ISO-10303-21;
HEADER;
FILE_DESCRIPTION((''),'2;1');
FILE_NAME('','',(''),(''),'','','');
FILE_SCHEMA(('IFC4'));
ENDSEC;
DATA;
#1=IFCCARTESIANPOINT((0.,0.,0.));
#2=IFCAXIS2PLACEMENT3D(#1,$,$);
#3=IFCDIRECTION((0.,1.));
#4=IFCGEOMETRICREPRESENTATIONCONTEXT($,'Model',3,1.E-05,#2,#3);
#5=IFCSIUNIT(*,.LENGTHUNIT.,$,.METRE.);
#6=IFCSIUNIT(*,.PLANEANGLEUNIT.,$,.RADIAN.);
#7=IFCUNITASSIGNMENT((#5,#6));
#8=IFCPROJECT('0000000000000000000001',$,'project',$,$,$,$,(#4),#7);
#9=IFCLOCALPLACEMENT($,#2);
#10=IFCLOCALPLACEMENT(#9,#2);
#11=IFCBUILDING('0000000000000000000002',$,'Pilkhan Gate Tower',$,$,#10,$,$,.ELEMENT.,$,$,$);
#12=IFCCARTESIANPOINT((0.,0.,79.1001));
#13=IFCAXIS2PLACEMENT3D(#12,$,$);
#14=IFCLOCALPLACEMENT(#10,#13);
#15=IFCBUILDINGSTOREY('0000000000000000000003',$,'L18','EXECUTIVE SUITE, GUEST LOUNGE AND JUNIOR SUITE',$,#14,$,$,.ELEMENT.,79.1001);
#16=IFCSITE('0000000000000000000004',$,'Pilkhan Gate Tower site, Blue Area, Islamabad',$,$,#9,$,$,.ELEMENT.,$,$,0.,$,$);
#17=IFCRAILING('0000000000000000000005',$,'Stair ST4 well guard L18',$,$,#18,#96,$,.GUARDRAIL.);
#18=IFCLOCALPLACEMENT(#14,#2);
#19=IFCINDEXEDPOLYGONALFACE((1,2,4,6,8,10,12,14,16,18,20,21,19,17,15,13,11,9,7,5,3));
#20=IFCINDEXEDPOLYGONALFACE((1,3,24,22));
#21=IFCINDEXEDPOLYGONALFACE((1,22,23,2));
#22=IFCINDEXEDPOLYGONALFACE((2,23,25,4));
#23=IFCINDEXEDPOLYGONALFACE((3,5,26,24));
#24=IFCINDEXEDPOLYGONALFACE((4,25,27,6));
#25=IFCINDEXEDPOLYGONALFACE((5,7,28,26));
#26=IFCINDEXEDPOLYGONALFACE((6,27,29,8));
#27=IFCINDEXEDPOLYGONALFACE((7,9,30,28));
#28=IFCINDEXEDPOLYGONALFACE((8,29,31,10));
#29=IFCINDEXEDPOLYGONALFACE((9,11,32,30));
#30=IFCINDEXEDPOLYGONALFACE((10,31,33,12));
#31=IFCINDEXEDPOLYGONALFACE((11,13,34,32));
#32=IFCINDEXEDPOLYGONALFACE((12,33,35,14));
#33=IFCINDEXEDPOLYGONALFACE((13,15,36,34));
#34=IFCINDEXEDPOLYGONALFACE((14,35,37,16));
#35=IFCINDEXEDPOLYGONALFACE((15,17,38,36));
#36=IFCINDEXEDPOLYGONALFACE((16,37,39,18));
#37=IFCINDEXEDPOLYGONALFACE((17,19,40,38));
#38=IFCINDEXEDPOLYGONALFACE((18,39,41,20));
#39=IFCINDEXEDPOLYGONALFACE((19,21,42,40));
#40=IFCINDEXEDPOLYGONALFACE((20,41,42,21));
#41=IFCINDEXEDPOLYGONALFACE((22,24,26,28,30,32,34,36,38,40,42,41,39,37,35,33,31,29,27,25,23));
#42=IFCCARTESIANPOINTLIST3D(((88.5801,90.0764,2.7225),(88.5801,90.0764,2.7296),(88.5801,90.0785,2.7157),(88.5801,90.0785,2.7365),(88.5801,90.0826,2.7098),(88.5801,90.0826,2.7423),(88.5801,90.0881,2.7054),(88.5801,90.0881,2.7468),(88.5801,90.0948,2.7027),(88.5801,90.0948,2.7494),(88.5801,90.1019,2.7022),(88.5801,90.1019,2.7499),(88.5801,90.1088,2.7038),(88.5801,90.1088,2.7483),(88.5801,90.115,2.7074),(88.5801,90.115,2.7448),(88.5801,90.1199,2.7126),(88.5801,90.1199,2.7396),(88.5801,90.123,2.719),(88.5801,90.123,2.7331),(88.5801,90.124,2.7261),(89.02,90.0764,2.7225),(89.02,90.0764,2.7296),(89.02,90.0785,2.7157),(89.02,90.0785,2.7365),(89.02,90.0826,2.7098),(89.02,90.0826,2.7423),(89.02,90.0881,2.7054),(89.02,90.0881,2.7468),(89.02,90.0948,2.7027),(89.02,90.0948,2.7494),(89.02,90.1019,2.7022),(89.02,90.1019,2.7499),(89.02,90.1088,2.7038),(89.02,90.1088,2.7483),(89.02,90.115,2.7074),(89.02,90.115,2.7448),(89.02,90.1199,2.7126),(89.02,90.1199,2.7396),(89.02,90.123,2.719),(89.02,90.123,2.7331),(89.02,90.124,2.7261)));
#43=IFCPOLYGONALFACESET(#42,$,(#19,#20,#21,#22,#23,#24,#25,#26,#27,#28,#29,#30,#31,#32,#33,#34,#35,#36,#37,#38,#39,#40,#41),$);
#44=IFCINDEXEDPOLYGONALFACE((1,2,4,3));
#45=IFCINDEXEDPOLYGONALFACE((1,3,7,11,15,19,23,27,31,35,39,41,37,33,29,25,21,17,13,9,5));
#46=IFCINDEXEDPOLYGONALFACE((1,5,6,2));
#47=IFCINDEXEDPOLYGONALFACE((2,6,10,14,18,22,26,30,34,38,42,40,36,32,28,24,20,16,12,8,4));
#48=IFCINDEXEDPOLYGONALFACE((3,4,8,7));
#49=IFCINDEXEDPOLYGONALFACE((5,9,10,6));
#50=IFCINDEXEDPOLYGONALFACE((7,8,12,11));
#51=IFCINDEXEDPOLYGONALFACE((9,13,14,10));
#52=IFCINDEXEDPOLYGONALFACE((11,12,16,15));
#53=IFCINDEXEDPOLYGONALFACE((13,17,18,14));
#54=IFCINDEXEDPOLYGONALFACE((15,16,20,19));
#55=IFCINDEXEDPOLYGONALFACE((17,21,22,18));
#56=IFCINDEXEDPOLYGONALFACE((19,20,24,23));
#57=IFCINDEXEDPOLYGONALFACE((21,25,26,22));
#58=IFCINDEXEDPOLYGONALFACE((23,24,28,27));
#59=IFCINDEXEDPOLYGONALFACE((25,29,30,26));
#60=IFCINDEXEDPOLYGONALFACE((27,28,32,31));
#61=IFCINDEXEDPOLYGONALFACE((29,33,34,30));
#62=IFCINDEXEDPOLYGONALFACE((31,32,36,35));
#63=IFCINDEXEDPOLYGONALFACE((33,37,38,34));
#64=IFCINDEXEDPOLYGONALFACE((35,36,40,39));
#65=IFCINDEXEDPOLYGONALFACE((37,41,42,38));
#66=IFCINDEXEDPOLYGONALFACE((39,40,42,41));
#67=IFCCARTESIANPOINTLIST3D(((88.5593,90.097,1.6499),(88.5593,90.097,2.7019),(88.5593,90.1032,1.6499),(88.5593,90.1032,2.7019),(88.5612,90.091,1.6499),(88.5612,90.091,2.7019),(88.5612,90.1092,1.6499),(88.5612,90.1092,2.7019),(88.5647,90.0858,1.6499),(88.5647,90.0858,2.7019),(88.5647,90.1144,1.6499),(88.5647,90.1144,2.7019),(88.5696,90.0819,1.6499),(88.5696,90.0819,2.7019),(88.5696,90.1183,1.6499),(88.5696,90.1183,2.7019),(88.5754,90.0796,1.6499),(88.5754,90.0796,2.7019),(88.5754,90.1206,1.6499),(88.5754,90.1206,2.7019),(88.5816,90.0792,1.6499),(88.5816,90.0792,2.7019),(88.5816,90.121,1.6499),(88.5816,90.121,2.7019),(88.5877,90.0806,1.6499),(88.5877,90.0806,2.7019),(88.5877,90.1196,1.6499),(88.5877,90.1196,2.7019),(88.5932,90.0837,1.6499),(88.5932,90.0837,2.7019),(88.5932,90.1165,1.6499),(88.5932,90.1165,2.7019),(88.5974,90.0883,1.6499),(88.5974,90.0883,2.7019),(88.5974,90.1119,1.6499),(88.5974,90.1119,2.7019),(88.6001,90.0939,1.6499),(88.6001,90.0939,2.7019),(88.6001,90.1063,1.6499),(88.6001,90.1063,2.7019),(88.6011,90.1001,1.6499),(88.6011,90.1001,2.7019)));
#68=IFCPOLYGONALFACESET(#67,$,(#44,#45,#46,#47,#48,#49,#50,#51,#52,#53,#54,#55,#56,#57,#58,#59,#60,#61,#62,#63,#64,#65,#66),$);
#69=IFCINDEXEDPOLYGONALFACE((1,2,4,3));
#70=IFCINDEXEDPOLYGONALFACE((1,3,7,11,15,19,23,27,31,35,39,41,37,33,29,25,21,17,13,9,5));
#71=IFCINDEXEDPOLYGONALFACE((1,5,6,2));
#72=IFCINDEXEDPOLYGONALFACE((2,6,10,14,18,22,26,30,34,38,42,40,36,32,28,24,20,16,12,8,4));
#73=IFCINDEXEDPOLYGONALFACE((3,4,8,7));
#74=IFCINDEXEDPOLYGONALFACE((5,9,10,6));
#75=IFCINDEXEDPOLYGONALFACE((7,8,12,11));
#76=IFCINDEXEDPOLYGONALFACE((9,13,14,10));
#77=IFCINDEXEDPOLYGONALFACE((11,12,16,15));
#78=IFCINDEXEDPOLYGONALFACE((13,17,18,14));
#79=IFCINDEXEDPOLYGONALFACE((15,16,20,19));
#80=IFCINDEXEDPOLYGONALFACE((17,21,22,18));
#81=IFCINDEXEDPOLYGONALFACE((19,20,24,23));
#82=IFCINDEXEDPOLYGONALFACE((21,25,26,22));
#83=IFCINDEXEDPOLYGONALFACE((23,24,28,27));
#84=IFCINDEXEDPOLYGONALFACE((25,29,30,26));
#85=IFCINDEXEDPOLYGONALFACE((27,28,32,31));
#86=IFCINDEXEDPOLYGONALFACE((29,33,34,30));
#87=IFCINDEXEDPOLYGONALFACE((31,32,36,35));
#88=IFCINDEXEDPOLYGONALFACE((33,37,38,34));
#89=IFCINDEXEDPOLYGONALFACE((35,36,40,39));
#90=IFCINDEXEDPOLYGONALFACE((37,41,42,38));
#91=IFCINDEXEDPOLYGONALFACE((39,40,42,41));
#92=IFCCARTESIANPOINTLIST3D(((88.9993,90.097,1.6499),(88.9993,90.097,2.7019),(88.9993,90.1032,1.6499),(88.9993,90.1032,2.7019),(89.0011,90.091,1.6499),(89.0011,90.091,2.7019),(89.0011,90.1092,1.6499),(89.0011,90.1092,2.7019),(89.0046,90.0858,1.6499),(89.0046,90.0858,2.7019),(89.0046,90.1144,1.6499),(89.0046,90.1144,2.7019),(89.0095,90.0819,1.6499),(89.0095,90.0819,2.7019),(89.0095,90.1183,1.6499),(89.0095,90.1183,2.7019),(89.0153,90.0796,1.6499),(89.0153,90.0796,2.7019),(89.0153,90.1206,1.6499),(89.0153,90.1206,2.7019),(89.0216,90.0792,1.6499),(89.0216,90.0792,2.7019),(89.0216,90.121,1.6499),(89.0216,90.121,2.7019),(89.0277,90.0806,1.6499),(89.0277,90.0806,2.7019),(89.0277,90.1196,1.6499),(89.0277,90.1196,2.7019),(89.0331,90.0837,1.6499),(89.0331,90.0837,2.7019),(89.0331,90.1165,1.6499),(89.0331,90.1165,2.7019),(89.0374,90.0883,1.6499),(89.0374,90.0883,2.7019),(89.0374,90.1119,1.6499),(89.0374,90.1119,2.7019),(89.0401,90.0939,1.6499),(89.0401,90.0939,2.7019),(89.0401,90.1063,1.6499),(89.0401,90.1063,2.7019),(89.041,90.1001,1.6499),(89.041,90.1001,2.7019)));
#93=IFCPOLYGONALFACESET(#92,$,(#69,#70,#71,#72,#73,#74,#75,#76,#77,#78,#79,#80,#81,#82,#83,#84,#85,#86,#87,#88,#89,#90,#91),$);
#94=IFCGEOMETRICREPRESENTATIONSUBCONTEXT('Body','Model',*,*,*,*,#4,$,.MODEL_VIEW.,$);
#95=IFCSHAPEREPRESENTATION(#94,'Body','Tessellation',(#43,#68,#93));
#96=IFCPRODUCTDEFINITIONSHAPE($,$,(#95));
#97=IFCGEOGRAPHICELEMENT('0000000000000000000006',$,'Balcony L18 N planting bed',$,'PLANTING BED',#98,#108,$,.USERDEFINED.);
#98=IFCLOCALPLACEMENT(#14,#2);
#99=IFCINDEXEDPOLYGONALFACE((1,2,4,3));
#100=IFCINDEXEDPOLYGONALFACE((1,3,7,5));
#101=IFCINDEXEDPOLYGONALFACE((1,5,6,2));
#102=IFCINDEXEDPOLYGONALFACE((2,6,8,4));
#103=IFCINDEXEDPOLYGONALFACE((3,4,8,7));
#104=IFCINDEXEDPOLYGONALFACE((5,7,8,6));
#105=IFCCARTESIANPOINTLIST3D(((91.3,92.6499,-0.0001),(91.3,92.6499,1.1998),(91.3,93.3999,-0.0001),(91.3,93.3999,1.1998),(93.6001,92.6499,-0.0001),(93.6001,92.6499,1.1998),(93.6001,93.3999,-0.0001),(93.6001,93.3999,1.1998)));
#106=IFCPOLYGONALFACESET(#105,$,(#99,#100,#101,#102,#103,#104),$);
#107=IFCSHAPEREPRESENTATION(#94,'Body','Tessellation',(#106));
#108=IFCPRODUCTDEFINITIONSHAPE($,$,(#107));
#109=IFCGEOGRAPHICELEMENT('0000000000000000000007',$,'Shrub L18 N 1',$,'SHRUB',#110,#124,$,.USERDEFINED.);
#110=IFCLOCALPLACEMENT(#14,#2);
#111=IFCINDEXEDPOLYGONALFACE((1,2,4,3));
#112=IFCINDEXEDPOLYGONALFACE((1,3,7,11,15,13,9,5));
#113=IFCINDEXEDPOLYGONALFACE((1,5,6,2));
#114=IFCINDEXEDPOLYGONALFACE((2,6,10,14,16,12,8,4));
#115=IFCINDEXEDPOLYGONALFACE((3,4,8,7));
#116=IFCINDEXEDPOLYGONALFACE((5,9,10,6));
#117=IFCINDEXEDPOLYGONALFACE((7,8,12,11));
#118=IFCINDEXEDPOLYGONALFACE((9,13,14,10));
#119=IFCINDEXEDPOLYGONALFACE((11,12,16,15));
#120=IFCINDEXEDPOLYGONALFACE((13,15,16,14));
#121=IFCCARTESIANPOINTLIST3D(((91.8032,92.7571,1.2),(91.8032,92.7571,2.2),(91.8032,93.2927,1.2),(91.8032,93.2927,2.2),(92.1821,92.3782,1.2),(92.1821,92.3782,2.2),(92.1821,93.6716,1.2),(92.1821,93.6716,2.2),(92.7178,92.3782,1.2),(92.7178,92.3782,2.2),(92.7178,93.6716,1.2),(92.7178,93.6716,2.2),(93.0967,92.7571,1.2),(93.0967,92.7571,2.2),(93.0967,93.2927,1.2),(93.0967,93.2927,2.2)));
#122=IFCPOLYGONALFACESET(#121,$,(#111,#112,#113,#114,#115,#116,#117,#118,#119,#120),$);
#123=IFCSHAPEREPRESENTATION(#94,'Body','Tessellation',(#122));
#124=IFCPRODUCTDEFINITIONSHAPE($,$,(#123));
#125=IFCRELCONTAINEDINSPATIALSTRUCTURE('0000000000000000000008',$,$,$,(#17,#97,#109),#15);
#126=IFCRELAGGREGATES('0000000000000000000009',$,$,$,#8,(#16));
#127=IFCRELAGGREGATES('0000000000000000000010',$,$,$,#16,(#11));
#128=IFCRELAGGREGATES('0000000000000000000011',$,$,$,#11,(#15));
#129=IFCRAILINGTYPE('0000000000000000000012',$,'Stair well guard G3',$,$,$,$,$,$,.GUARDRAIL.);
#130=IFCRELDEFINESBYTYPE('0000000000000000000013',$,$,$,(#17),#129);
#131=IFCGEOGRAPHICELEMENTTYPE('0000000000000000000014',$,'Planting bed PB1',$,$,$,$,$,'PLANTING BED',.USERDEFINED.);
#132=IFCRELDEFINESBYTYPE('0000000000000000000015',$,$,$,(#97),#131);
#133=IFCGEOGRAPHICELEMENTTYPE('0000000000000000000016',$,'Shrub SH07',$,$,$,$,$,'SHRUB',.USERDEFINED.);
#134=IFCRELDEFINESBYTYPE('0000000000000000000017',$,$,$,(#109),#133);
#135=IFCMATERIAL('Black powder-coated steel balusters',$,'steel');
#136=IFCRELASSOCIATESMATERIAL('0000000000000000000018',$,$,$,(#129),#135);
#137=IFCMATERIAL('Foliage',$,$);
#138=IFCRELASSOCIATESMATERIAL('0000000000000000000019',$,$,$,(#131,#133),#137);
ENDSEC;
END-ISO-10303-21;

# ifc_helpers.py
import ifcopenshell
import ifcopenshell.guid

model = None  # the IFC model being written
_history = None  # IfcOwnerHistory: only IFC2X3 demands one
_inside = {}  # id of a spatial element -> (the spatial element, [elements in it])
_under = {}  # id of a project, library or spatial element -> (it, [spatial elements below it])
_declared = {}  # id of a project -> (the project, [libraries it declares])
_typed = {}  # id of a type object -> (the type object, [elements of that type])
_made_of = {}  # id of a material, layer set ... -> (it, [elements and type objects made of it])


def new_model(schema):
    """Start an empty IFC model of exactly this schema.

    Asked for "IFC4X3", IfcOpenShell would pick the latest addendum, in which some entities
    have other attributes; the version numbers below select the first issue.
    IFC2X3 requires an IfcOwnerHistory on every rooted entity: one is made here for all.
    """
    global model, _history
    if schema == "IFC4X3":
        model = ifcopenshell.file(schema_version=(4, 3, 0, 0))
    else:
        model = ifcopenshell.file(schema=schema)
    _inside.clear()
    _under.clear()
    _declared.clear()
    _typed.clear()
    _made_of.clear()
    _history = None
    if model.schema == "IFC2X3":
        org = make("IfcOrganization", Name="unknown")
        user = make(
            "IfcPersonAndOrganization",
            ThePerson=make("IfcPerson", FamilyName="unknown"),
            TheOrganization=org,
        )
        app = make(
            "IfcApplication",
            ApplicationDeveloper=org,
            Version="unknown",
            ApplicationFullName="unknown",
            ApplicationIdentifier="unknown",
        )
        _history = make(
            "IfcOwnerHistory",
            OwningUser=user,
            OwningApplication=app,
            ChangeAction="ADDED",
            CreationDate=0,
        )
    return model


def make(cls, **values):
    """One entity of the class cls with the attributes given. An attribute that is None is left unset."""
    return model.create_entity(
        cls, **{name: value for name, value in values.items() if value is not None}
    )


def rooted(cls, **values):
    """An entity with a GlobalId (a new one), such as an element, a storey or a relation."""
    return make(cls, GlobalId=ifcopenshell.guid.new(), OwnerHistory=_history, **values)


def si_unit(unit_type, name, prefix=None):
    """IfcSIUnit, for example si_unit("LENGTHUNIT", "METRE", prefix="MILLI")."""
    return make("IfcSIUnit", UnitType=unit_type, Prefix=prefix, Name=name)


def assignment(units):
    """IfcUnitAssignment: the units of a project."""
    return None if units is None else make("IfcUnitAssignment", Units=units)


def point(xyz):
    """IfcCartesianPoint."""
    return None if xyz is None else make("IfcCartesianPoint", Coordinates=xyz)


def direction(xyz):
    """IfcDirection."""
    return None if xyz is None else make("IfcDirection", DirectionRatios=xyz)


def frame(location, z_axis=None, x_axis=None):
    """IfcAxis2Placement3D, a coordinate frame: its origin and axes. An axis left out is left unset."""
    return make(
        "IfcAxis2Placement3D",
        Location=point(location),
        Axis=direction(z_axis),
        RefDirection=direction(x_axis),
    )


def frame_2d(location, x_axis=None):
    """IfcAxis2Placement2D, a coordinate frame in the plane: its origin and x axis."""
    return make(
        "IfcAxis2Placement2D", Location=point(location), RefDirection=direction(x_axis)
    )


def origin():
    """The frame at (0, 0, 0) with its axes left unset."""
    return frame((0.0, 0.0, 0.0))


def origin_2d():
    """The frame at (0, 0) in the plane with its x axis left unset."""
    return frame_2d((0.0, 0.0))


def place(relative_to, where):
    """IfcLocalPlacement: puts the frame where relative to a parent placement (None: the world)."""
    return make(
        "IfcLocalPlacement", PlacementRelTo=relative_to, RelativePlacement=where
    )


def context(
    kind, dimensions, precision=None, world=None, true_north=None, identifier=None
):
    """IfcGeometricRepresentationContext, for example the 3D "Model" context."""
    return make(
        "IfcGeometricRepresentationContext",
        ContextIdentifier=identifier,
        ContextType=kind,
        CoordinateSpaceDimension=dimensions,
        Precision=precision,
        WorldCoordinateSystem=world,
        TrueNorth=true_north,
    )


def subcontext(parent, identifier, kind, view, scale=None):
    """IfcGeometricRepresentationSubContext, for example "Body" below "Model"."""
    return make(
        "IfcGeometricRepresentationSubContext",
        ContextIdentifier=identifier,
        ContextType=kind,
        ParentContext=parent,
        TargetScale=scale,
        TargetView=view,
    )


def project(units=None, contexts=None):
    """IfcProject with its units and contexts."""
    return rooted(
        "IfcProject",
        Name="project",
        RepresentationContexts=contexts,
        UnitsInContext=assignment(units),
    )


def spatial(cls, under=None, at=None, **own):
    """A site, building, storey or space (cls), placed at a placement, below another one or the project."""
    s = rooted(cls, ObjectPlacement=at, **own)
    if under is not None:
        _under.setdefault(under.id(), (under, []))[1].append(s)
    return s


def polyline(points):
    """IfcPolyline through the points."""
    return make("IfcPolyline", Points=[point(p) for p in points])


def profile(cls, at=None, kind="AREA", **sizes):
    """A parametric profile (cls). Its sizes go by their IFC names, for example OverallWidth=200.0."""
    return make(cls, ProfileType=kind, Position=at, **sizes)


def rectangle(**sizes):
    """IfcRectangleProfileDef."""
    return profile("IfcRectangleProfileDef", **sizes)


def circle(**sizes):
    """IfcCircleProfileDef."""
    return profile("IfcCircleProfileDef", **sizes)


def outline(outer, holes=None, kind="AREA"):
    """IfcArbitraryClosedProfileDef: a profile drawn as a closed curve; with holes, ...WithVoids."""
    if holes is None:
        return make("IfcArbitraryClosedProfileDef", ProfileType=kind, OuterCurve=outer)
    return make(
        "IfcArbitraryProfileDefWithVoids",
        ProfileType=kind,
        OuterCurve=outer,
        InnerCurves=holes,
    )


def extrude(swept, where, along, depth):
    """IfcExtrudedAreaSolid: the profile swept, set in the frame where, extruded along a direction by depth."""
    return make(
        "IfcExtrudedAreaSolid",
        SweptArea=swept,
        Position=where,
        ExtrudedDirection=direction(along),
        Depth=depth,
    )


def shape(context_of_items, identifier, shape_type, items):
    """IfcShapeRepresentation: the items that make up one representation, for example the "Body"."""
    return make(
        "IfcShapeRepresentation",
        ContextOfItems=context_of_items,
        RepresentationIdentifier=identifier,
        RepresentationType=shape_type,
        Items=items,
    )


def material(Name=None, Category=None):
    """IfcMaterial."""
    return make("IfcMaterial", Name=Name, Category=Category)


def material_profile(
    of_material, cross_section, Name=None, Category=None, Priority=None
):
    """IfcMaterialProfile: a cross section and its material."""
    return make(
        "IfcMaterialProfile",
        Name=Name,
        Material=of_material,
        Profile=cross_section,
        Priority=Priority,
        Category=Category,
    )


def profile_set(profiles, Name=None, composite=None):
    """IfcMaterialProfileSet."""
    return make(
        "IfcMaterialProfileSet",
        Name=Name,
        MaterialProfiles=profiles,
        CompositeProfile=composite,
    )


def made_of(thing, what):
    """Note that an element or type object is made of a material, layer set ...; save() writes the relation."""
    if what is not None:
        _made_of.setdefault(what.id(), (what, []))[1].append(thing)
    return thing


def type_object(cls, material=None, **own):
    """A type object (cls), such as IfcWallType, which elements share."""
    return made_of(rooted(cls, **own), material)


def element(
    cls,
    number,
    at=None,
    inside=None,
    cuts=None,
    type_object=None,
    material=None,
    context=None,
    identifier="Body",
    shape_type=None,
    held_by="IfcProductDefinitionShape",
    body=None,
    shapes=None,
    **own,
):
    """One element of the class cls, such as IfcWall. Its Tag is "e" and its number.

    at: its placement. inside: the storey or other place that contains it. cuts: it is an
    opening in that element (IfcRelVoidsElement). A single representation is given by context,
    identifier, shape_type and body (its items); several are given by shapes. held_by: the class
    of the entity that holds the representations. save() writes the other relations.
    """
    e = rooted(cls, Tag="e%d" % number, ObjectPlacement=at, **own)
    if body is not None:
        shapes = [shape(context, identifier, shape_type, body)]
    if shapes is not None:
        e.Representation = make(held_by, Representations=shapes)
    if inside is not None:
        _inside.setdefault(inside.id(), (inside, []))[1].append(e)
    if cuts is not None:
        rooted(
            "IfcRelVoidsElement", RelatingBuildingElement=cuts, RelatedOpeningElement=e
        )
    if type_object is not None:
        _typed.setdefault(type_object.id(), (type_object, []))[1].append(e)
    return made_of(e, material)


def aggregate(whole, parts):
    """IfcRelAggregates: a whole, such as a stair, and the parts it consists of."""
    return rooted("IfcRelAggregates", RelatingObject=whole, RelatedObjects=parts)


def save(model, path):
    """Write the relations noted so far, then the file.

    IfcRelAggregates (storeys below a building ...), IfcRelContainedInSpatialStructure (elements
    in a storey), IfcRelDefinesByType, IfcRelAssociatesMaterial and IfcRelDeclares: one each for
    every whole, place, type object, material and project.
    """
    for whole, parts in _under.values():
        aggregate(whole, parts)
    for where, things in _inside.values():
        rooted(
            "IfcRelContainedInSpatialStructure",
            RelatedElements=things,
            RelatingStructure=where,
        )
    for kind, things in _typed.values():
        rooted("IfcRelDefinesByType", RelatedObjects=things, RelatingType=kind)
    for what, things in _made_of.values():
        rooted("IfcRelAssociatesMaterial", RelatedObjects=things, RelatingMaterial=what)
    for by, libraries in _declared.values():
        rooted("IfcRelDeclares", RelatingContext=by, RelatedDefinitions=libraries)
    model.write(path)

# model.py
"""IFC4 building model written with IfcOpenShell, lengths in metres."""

from ifc_helpers import new_model, si_unit, direction, frame, origin, origin_2d, place, context, subcontext, project, spatial, polyline, rectangle, circle, outline, extrude, material, material_profile, profile_set, type_object, element, save


model = new_model("IFC4")

# Units and contexts
model_context = context("Model", 3, precision=1e-05, world=origin(), true_north=direction((0.0, 1.0)))
body_context = subcontext(model_context, "Body", "Model", "MODEL_VIEW")
ifc_project = project(units=[si_unit("LENGTHUNIT", "METRE"), si_unit("PLANEANGLEUNIT", "RADIAN")], contexts=[model_context])

# Site, building, storey
site_placement = place(None, origin())
site = spatial("IfcSite", under=ifc_project, at=site_placement, Name="Pilkhan Gate Tower site, Blue Area, Islamabad", CompositionType="ELEMENT", RefElevation=0.0)
building_placement = place(site_placement, origin())
building = spatial("IfcBuilding", under=site, at=building_placement, Name="Pilkhan Gate Tower", CompositionType="ELEMENT")
storey_placement = place(building_placement, frame((0.0, 0.0, 79.1001)))
storey = spatial("IfcBuildingStorey", under=building, at=storey_placement, Name="L18", Description="EXECUTIVE SUITE, GUEST LOUNGE AND JUNIOR SUITE", CompositionType="ELEMENT", Elevation=79.1001)

# Railing
ifc_material_1 = material(Name="Black powder-coated steel balusters", Category="steel")
railing_type_1 = type_object("IfcRailingType", Name="Stair well guard G3", PredefinedType="GUARDRAIL", material=ifc_material_1)
railing_1_placement = place(storey_placement, frame((88.5801, 90.1001, 1.6499)))
element("IfcRailing", 1, at=railing_1_placement, inside=storey, type_object=railing_type_1, Name="Stair ST4 well guard L18", PredefinedType="GUARDRAIL", context=body_context, shape_type="SweptSolid", body=[
    extrude(circle(Radius=0.0239, at=origin_2d()), frame((0.0, 0.0, 1.0762), z_axis=(1.0, 0.0, 0.0), x_axis=(0.0, 1.0, 0.0)), (0.0, 0.0, 1.0), 0.4399),
    extrude(circle(Radius=0.021, at=origin_2d()), origin(), (0.0, 0.0, 1.0), 1.052),
    extrude(circle(Radius=0.021, at=origin_2d()), frame((0.4399, 0.0, 0.0)), (0.0, 0.0, 1.0), 1.052),
])

# Geographic elements
ifc_material_2 = material(Name="Foliage")
ifc_material_profile_1 = material_profile(ifc_material_2, rectangle(XDim=0.75, YDim=1.2, at=origin_2d()), Name="Bed 750x1200")
ifc_profile_set_1 = profile_set([ifc_material_profile_1], Name="Foliage")
geographic_element_type_1 = type_object("IfcGeographicElementType", Name="Planting bed PB1", ElementType="PLANTING BED", PredefinedType="USERDEFINED", material=ifc_profile_set_1)
geographic_element_1_placement = place(storey_placement, frame((91.3, 93.0249, 0.5999), z_axis=(1.0, 0.0, 0.0), x_axis=(0.0, 1.0, 0.0)))
element("IfcGeographicElement", 2, at=geographic_element_1_placement, inside=storey, type_object=geographic_element_type_1, Name="Balcony L18 N planting bed", ObjectType="PLANTING BED", PredefinedType="USERDEFINED", context=body_context, shape_type="SweptSolid", body=[
    extrude(rectangle(XDim=0.75, YDim=1.2, at=origin_2d()), origin(), (0.0, 0.0, 1.0), 2.3),
])
ifc_material_profile_2 = material_profile(ifc_material_2, outline(polyline([(0.6467, 0.2678), (0.2678, 0.6467), (-0.2678, 0.6467), (-0.6467, 0.2678), (-0.6467, -0.2678), (-0.2678, -0.6467), (0.2678, -0.6467), (0.6467, -0.2678), (0.6467, 0.2678)])), Name="Shrub D1.4")
ifc_profile_set_2 = profile_set([ifc_material_profile_2], Name="Foliage")
geographic_element_type_2 = type_object("IfcGeographicElementType", Name="Shrub SH07", ElementType="SHRUB", PredefinedType="USERDEFINED", material=ifc_profile_set_2)
geographic_element_2_placement = place(storey_placement, frame((92.45, 93.0249, 1.2), z_axis=(0.0, 0.0, 1.0), x_axis=(1.0, 0.0, 0.0)))
element("IfcGeographicElement", 3, at=geographic_element_2_placement, inside=storey, type_object=geographic_element_type_2, Name="Shrub L18 N 1", ObjectType="SHRUB", PredefinedType="USERDEFINED", context=body_context, shape_type="SweptSolid", body=[
    extrude(outline(polyline([(0.6467, 0.2678), (0.2678, 0.6467), (-0.2678, 0.6467), (-0.6467, 0.2678), (-0.6467, -0.2678), (-0.2678, -0.6467), (0.2678, -0.6467), (0.6467, -0.2678), (0.6467, 0.2678)])), origin(), (0.0, 0.0, 1.0), 1.0),
])

save(model, "model.ifc")
